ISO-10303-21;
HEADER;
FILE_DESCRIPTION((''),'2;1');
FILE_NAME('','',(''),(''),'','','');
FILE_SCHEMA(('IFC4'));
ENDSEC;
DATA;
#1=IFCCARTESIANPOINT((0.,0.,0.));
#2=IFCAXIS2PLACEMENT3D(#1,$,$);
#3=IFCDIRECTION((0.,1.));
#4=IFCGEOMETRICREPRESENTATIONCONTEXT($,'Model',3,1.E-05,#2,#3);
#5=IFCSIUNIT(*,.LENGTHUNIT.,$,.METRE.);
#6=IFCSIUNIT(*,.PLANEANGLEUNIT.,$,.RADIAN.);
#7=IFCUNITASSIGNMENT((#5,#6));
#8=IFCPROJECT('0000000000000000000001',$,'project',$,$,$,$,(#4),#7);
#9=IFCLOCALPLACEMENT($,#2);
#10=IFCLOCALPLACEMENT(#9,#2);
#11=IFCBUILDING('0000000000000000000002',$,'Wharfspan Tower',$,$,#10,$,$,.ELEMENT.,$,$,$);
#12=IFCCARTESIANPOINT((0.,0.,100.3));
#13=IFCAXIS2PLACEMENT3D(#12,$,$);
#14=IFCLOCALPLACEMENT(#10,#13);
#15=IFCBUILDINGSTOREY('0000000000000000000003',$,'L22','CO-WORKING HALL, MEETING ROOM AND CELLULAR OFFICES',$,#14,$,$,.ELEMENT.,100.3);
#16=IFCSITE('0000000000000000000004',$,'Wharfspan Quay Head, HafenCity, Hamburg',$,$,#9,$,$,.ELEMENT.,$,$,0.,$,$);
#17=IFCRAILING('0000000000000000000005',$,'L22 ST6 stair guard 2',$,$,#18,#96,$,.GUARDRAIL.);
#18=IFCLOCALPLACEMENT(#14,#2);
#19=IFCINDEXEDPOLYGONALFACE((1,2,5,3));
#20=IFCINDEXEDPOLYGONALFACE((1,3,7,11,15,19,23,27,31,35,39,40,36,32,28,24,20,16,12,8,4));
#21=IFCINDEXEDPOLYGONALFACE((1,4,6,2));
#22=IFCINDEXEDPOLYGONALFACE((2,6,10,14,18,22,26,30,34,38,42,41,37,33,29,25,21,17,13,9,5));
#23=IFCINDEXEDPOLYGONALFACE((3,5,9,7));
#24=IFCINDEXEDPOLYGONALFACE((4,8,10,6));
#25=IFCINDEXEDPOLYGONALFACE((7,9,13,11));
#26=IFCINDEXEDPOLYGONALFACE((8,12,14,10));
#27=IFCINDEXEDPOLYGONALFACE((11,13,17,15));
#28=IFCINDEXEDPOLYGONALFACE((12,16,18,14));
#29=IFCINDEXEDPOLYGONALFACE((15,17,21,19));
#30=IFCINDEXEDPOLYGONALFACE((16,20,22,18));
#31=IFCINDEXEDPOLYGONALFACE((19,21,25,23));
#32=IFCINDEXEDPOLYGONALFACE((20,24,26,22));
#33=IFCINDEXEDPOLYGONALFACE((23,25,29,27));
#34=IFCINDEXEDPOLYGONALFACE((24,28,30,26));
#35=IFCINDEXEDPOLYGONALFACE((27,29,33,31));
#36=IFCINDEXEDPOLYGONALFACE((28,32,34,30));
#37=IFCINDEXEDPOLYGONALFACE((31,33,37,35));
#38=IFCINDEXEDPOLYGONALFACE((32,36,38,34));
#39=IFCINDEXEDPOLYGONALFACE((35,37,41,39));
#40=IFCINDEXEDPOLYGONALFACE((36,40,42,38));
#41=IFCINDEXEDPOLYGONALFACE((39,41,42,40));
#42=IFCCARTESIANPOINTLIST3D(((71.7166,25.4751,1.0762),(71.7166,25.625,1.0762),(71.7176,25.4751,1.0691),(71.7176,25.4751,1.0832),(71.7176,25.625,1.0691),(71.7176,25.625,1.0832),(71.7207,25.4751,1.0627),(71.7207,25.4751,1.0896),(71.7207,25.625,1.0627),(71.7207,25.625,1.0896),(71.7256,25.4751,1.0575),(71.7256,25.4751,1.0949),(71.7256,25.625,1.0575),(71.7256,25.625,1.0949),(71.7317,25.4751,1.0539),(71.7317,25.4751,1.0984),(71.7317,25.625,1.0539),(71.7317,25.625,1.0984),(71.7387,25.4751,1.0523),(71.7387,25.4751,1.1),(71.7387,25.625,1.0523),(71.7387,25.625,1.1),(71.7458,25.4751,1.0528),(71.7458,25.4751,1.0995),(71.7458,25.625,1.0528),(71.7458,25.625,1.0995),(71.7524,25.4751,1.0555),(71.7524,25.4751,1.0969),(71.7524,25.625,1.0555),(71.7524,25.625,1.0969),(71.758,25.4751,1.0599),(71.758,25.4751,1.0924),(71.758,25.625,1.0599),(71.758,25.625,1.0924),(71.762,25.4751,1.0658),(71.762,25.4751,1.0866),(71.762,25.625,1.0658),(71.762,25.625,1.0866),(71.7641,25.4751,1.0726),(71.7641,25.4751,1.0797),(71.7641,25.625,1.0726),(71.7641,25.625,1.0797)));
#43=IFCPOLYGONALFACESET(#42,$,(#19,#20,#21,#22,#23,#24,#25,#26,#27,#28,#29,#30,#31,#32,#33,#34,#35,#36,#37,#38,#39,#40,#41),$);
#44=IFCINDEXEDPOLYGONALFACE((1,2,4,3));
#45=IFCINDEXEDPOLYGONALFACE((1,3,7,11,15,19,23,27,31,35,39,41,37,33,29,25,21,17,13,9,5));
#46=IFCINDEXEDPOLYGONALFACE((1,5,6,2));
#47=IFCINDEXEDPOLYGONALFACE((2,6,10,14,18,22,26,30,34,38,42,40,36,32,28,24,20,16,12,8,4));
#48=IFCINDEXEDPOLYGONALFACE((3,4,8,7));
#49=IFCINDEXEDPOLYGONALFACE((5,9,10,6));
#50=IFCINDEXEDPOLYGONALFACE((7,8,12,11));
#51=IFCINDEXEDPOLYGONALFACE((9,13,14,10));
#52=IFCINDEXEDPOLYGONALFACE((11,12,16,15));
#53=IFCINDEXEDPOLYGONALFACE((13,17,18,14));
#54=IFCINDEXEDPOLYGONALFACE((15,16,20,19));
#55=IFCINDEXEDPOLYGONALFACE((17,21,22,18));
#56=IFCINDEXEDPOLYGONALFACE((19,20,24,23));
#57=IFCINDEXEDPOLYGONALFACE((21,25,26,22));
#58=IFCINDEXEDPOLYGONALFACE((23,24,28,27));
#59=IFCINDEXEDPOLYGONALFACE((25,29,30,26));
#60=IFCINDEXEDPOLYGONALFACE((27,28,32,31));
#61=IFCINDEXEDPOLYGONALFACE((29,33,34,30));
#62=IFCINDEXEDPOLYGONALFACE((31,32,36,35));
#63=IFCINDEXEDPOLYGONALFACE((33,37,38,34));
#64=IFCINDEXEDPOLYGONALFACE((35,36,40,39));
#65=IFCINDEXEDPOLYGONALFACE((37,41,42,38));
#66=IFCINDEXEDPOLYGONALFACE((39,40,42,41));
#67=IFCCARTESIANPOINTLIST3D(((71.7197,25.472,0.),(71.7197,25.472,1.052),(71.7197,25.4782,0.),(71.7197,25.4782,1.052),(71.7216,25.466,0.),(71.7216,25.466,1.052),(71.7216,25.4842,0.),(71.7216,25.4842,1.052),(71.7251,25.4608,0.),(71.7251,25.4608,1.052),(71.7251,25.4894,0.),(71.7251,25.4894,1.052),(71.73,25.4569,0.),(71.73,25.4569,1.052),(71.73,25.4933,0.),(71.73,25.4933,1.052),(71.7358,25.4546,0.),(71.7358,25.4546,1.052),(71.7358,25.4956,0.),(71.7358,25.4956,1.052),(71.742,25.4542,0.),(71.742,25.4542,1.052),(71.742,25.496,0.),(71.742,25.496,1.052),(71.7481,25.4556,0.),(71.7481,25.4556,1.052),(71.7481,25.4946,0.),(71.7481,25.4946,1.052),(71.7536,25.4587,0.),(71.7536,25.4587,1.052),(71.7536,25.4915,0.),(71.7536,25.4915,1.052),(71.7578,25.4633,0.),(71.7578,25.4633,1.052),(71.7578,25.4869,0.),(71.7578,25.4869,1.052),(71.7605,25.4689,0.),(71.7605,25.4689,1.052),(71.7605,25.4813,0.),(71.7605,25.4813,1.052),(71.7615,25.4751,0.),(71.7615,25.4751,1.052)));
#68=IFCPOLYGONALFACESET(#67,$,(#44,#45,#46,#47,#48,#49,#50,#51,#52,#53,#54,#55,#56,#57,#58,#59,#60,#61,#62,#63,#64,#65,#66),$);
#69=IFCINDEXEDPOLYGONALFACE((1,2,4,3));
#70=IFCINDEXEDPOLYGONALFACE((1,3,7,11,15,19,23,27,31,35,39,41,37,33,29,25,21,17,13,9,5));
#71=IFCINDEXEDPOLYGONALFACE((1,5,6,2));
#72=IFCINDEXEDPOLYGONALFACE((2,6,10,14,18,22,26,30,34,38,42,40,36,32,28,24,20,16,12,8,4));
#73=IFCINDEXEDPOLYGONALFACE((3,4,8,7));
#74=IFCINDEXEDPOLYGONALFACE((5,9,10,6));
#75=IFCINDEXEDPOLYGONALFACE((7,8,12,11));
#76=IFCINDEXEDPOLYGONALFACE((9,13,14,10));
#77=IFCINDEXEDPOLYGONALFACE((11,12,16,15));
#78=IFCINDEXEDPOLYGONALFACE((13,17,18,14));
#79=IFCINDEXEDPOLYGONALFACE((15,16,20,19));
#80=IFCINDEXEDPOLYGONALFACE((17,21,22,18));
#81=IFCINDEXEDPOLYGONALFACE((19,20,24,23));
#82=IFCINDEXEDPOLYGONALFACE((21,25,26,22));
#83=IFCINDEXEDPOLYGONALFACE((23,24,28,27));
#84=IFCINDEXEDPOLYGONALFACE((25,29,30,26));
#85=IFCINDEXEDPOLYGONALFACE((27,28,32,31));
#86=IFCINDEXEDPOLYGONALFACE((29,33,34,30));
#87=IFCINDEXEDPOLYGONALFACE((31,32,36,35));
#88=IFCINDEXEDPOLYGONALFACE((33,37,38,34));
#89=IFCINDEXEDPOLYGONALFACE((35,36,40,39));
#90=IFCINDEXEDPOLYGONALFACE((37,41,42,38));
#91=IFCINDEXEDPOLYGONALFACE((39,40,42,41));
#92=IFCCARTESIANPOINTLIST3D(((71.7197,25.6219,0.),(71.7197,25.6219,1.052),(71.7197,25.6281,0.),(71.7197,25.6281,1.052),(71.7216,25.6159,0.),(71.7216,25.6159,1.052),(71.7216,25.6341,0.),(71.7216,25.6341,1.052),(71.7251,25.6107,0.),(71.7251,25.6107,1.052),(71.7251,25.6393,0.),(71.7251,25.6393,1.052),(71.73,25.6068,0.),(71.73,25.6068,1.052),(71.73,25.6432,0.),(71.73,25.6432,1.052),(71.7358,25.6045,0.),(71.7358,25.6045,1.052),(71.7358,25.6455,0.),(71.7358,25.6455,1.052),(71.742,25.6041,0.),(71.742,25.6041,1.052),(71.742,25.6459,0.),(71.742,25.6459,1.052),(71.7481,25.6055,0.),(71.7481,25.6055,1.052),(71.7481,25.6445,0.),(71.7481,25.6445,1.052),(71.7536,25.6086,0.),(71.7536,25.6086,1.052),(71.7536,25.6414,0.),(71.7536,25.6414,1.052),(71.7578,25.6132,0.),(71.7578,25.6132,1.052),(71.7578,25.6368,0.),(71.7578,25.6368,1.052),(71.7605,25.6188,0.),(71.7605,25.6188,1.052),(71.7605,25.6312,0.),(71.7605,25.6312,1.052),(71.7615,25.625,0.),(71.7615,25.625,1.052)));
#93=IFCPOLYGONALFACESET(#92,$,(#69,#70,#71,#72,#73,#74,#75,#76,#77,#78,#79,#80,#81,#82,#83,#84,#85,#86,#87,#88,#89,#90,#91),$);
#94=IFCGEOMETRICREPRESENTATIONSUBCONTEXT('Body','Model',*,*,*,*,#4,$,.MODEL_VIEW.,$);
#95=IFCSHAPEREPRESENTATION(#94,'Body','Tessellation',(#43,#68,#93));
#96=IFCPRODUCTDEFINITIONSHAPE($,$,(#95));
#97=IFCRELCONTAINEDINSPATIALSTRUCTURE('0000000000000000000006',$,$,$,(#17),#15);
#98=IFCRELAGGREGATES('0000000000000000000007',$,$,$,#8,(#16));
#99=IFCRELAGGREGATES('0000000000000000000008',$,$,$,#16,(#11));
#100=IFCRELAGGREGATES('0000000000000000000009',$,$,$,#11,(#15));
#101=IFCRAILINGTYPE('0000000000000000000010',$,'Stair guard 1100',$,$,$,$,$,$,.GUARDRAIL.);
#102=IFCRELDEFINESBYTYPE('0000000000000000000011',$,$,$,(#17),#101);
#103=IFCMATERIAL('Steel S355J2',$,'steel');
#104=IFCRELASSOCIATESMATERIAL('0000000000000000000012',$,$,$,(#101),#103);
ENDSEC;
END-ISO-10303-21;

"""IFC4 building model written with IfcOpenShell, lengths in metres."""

from ifc_helpers import new_model, si_unit, direction, frame, origin, origin_2d, place, context, subcontext, project, spatial, circle, extrude, material, type_object, element, save


model = new_model("IFC4")

# Units and contexts
model_context = context("Model", 3, precision=1e-05, world=origin(), true_north=direction((0.0, 1.0)))
body_context = subcontext(model_context, "Body", "Model", "MODEL_VIEW")
ifc_project = project(units=[si_unit("LENGTHUNIT", "METRE"), si_unit("PLANEANGLEUNIT", "RADIAN")], contexts=[model_context])

# Site, building, storey
site_placement = place(None, origin())
site = spatial("IfcSite", under=ifc_project, at=site_placement, Name="Wharfspan Quay Head, HafenCity, Hamburg", CompositionType="ELEMENT", RefElevation=0.0)
building_placement = place(site_placement, origin())
building = spatial("IfcBuilding", under=site, at=building_placement, Name="Wharfspan Tower", CompositionType="ELEMENT")
storey_placement = place(building_placement, frame((0.0, 0.0, 100.3)))
storey = spatial("IfcBuildingStorey", under=building, at=storey_placement, Name="L22", Description="CO-WORKING HALL, MEETING ROOM AND CELLULAR OFFICES", CompositionType="ELEMENT", Elevation=100.3)

# Shared definitions
ifc_material_1 = material(Name="Steel S355J2", Category="steel")

# Railing
railing_type_1 = type_object("IfcRailingType", Name="Stair guard 1100", PredefinedType="GUARDRAIL", material=ifc_material_1)
railing_1_placement = place(storey_placement, frame((71.7405, 25.4751, 0.0)))
element("IfcRailing", 1, at=railing_1_placement, inside=storey, type_object=railing_type_1, Name="L22 ST6 stair guard 2", PredefinedType="GUARDRAIL", context=body_context, shape_type="SweptSolid", body=[
    extrude(circle(Radius=0.0239, at=origin_2d()), frame((0.0, 0.0, 1.0762), z_axis=(0.0, 1.0, 0.0), x_axis=(-1.0, 0.0, 0.0)), (0.0, 0.0, 1.0), 0.1499),
    extrude(circle(Radius=0.021, at=origin_2d()), origin(), (0.0, 0.0, 1.0), 1.052),
    extrude(circle(Radius=0.021, at=origin_2d()), frame((0.0, 0.1499, 0.0)), (0.0, 0.0, 1.0), 1.052),
])

save(model, "model.ifc")
